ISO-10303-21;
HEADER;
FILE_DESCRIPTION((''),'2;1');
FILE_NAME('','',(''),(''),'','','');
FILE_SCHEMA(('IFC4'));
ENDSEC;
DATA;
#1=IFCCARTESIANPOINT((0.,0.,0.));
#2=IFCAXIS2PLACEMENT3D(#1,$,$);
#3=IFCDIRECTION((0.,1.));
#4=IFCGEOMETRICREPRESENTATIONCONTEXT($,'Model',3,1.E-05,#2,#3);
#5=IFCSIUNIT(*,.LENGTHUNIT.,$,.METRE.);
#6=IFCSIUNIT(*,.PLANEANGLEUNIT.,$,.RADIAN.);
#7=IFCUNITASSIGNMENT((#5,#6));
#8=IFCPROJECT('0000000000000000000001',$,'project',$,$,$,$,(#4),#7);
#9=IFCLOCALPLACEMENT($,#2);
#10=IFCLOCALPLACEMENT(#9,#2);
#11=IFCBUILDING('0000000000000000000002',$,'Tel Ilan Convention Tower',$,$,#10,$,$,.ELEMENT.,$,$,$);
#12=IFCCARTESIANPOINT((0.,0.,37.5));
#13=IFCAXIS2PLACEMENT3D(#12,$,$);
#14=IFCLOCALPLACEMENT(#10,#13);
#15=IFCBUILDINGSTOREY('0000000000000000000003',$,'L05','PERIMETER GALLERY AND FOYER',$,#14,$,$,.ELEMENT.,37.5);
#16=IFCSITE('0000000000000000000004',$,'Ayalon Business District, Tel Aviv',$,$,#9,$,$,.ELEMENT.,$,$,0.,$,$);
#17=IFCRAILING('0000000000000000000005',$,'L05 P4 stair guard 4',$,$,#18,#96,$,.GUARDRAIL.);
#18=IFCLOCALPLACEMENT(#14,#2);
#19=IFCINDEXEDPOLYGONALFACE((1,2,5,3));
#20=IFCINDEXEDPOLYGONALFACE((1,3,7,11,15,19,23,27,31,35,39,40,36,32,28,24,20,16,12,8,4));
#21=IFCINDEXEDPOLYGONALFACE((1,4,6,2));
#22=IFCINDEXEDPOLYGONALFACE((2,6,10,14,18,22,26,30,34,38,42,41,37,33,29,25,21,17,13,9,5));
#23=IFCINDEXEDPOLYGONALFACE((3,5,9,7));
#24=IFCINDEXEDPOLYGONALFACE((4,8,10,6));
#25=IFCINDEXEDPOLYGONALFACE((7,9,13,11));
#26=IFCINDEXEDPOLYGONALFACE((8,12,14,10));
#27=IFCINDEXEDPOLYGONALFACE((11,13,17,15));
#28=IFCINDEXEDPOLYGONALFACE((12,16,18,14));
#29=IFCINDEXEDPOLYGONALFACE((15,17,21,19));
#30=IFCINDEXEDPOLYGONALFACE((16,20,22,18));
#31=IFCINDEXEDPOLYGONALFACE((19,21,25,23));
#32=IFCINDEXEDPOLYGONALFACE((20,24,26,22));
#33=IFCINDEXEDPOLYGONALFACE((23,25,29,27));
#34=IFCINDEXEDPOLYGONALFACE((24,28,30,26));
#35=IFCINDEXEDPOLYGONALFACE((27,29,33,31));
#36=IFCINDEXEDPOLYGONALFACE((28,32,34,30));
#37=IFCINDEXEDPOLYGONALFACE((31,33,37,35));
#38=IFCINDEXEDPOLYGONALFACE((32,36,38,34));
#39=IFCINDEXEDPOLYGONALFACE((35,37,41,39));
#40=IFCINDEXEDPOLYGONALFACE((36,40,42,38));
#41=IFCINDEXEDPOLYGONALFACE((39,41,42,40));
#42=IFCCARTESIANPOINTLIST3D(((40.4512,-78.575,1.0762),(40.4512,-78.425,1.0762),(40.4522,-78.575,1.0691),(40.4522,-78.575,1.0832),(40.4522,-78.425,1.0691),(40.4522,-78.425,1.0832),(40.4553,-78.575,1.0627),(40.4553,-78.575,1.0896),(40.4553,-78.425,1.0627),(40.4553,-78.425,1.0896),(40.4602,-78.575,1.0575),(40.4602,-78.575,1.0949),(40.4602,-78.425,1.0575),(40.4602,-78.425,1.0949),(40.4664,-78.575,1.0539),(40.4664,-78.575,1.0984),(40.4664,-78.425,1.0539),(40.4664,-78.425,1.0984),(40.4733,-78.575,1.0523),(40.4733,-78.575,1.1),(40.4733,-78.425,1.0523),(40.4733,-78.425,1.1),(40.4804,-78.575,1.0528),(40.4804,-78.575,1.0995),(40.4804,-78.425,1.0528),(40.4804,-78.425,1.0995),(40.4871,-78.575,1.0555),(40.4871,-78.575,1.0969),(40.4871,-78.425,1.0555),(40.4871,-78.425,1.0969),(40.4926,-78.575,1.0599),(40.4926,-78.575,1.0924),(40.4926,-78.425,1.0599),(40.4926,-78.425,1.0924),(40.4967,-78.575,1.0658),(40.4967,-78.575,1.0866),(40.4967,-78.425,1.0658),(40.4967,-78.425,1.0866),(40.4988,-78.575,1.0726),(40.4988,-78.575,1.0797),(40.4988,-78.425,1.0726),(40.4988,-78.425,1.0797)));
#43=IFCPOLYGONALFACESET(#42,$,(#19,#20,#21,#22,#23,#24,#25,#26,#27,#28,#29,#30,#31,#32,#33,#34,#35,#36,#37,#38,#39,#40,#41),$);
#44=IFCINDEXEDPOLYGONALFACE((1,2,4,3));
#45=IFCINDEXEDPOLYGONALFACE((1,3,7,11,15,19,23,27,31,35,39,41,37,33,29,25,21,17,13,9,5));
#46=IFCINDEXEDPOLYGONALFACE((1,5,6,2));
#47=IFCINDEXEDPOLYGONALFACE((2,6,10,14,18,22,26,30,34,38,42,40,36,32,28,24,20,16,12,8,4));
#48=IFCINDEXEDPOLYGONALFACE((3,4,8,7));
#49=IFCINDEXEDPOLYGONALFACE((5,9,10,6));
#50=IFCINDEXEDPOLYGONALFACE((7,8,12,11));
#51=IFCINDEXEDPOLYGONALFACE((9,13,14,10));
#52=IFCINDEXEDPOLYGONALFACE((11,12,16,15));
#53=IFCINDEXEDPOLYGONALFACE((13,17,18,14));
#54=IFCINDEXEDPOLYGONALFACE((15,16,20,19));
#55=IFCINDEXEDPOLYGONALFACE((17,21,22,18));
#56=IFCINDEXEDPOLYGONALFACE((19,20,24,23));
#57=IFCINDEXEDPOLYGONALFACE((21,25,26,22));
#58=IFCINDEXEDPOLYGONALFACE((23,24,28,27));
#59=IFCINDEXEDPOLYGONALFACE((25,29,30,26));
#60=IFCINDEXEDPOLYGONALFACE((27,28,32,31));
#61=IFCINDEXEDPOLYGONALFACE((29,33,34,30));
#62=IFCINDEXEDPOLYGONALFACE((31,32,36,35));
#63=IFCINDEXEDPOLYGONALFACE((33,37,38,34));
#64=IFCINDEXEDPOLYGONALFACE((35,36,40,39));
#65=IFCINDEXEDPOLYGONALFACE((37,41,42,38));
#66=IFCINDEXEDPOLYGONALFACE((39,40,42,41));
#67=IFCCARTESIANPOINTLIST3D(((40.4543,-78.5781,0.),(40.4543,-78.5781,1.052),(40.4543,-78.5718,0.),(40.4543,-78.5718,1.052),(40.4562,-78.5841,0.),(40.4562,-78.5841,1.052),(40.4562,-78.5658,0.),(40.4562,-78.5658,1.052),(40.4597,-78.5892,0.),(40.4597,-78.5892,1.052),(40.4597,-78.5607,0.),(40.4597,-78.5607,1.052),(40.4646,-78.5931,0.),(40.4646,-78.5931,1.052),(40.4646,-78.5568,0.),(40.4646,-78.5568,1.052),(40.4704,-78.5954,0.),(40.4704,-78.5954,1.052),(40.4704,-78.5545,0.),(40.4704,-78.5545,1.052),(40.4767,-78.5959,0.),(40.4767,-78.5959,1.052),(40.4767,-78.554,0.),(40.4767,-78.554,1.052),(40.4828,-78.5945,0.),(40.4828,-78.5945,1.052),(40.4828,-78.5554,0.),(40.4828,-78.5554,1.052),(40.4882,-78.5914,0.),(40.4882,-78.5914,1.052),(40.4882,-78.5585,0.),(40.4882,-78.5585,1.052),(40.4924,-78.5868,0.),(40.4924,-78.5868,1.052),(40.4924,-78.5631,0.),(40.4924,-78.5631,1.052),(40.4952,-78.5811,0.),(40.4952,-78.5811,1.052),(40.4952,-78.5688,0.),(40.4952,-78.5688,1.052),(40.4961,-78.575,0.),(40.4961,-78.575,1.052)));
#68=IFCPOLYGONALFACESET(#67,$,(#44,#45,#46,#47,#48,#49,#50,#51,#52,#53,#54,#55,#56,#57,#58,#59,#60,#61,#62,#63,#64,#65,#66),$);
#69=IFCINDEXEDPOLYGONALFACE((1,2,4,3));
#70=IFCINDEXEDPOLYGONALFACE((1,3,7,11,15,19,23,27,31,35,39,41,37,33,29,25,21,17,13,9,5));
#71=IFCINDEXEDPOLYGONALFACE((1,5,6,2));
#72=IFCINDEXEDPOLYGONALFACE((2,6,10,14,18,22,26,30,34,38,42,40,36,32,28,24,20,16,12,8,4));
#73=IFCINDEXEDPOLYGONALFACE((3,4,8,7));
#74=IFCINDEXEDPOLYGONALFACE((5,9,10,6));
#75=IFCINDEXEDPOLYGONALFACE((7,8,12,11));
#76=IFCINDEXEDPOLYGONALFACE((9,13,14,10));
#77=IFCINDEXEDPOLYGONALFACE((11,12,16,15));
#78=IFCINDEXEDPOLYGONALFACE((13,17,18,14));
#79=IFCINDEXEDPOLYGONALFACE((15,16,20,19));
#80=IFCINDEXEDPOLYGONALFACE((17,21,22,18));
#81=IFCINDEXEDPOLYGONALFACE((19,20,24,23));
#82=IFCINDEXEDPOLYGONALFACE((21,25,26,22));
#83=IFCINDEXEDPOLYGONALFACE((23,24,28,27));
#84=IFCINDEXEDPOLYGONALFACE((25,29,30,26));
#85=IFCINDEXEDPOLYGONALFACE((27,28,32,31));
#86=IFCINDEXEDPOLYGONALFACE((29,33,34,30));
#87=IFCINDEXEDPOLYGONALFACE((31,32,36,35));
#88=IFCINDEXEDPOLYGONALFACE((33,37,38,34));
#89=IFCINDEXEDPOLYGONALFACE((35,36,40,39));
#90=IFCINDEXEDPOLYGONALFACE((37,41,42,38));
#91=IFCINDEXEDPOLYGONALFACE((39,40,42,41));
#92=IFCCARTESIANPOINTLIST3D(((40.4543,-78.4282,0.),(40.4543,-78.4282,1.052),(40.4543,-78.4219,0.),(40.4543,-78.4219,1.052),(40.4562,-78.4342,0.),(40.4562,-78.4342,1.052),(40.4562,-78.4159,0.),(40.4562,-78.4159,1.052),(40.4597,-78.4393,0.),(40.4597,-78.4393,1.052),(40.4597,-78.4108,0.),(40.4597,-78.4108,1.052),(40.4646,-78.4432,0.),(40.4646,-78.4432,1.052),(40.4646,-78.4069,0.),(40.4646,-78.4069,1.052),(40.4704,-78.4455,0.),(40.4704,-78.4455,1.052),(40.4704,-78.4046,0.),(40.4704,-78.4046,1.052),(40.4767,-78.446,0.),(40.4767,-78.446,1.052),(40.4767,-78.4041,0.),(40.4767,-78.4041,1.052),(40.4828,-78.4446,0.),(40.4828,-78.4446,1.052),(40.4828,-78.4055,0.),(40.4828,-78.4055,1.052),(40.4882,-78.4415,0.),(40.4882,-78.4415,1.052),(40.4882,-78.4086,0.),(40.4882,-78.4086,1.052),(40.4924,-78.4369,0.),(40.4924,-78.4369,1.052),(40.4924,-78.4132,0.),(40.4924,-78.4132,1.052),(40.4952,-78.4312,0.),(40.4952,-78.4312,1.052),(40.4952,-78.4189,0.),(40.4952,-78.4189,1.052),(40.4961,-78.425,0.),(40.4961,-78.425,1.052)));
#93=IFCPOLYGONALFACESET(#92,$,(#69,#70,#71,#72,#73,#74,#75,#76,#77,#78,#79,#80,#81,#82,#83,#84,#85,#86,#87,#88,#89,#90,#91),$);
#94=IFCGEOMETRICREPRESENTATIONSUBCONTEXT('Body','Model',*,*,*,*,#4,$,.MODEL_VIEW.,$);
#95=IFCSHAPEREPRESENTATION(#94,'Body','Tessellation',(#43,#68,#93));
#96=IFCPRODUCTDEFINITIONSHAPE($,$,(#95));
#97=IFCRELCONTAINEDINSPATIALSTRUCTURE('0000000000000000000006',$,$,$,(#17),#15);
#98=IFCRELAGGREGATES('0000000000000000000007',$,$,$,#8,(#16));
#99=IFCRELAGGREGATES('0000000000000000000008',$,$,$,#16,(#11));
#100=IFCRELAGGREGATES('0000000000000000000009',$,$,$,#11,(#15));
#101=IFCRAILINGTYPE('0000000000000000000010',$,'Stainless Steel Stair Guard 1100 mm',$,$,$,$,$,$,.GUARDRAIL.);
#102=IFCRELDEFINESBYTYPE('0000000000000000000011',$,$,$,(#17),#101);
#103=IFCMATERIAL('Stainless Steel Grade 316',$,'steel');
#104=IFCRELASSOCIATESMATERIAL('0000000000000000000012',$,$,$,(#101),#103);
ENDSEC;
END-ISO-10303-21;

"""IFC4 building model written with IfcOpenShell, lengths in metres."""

from ifc_helpers import new_model, si_unit, direction, frame, origin, origin_2d, place, context, subcontext, project, spatial, circle, extrude, material, type_object, element, save


model = new_model("IFC4")

# Units and contexts
model_context = context("Model", 3, precision=1e-05, world=origin(), true_north=direction((0.0, 1.0)))
body_context = subcontext(model_context, "Body", "Model", "MODEL_VIEW")
ifc_project = project(units=[si_unit("LENGTHUNIT", "METRE"), si_unit("PLANEANGLEUNIT", "RADIAN")], contexts=[model_context])

# Site, building, storey
site_placement = place(None, origin())
site = spatial("IfcSite", under=ifc_project, at=site_placement, Name="Ayalon Business District, Tel Aviv", CompositionType="ELEMENT", RefElevation=0.0)
building_placement = place(site_placement, origin())
building = spatial("IfcBuilding", under=site, at=building_placement, Name="Tel Ilan Convention Tower", CompositionType="ELEMENT")
storey_placement = place(building_placement, frame((0.0, 0.0, 37.5)))
storey = spatial("IfcBuildingStorey", under=building, at=storey_placement, Name="L05", Description="PERIMETER GALLERY AND FOYER", CompositionType="ELEMENT", Elevation=37.5)

# Railing
ifc_material_1 = material(Name="Stainless Steel Grade 316", Category="steel")
railing_type_1 = type_object("IfcRailingType", Name="Stainless Steel Stair Guard 1100 mm", PredefinedType="GUARDRAIL", material=ifc_material_1)
railing_1_placement = place(storey_placement, frame((40.4751, -78.575, 0.0)))
element("IfcRailing", 1, at=railing_1_placement, inside=storey, type_object=railing_type_1, Name="L05 P4 stair guard 4", PredefinedType="GUARDRAIL", context=body_context, shape_type="SweptSolid", body=[
    extrude(circle(Radius=0.0239, at=origin_2d()), frame((0.0, 0.0, 1.0762), z_axis=(0.0, 1.0, 0.0), x_axis=(-1.0, 0.0, 0.0)), (0.0, 0.0, 1.0), 0.1499),
    extrude(circle(Radius=0.021, at=origin_2d()), origin(), (0.0, 0.0, 1.0), 1.052),
    extrude(circle(Radius=0.021, at=origin_2d()), frame((0.0, 0.1499, 0.0)), (0.0, 0.0, 1.0), 1.052),
])

save(model, "model.ifc")
